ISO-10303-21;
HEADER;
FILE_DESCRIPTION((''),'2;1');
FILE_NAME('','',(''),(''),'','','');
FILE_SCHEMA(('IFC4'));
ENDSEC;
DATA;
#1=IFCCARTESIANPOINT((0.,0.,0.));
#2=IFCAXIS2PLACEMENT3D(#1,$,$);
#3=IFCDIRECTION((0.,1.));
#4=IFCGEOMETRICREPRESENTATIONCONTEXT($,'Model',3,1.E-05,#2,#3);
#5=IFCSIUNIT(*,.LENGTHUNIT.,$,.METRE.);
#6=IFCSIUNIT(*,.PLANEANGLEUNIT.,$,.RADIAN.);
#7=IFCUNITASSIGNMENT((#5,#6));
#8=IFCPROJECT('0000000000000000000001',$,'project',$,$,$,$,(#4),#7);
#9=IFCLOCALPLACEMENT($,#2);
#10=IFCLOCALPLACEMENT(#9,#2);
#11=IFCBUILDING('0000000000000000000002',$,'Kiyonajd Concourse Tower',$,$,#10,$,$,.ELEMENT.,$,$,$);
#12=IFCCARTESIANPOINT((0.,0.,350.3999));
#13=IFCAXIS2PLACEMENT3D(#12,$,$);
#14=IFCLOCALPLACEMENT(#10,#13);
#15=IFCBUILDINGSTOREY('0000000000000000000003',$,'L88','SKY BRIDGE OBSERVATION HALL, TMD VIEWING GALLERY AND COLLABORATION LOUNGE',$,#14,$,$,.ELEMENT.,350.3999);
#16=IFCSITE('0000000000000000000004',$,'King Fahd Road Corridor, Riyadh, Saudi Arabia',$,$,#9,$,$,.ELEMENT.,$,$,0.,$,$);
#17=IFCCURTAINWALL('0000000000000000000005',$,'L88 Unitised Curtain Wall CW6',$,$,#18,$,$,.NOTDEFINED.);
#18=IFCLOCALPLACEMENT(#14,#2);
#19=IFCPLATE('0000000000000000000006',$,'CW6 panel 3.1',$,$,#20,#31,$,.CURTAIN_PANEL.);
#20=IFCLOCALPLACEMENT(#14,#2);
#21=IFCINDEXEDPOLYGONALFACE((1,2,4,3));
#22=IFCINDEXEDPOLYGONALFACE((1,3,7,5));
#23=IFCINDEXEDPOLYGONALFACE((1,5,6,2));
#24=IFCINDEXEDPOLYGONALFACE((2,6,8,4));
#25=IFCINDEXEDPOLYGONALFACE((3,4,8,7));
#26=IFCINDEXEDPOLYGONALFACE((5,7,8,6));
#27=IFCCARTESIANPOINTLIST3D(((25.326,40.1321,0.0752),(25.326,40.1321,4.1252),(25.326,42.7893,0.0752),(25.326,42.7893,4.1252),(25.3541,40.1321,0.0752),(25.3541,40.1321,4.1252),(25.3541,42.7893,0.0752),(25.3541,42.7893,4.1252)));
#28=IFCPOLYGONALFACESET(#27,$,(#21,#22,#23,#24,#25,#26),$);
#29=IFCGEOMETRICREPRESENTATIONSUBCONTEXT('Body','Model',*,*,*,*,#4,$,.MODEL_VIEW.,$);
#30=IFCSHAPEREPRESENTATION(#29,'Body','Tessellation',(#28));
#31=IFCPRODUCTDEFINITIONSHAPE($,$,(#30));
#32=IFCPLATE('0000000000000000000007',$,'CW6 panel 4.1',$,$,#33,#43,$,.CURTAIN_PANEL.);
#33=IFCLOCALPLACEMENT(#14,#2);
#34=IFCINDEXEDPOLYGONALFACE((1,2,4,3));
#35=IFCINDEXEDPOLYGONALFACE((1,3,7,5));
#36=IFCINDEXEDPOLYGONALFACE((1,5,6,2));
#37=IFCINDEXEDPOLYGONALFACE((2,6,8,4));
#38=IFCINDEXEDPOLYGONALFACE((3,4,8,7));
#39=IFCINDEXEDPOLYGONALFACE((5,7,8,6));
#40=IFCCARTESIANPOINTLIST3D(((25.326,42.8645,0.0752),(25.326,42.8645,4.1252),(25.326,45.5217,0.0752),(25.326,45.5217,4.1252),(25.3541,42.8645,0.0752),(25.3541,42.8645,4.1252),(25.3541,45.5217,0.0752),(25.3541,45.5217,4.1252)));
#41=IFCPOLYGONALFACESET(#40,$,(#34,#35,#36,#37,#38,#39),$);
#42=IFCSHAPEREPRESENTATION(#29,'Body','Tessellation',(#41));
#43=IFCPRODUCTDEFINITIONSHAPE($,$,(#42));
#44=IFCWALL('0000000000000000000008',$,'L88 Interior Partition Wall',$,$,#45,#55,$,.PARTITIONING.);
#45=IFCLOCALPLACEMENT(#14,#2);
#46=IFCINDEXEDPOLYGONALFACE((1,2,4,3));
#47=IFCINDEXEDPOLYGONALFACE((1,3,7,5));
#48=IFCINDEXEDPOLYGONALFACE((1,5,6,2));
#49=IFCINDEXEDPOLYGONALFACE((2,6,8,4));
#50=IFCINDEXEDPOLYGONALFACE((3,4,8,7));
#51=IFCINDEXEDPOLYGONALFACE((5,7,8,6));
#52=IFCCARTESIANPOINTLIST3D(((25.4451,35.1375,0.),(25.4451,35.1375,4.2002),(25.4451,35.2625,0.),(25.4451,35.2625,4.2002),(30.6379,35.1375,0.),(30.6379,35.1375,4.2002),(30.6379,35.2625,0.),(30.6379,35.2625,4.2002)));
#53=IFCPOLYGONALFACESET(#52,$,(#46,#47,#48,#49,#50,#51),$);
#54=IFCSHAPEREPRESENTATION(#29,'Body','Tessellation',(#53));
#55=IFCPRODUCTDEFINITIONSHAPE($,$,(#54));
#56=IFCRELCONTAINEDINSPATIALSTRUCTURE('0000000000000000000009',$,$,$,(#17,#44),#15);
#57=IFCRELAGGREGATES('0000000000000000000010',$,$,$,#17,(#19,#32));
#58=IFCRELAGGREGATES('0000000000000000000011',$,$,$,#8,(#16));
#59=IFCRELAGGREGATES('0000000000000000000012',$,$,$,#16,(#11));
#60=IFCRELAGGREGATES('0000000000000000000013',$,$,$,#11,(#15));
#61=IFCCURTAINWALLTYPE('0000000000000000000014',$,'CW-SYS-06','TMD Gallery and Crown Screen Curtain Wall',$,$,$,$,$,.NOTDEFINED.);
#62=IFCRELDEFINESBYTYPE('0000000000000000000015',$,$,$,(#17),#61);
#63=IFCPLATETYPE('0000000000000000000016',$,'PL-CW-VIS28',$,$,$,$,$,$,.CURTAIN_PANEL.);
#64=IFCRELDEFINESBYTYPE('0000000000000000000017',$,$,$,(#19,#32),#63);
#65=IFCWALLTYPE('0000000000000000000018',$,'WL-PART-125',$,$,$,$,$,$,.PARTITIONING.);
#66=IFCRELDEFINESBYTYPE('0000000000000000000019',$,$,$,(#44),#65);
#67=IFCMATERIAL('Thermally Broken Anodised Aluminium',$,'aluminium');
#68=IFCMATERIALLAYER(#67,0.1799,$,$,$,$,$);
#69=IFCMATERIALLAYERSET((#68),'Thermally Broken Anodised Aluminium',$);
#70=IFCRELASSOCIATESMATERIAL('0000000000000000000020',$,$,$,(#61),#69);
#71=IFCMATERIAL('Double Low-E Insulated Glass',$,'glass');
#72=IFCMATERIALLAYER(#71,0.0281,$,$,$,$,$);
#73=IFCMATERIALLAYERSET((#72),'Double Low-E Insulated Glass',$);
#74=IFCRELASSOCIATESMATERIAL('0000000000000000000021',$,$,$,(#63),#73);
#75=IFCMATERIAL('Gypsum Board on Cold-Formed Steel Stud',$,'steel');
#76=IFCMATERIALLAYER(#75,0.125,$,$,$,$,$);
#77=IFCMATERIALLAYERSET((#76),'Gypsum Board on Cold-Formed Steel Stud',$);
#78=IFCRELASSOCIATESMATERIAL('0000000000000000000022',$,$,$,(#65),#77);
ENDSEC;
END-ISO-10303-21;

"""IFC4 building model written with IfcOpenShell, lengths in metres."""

from ifc_helpers import new_model, si_unit, direction, frame, frame_2d, origin, origin_2d, place, context, subcontext, project, spatial, rectangle, extrude, material, layer, layer_set, type_object, element, aggregate, save


model = new_model("IFC4")

# Units and contexts
model_context = context("Model", 3, precision=1e-05, world=origin(), true_north=direction((0.0, 1.0)))
body_context = subcontext(model_context, "Body", "Model", "MODEL_VIEW")
ifc_project = project(units=[si_unit("LENGTHUNIT", "METRE"), si_unit("PLANEANGLEUNIT", "RADIAN")], contexts=[model_context])

# Site, building, storey
site_placement = place(None, origin())
site = spatial("IfcSite", under=ifc_project, at=site_placement, Name="King Fahd Road Corridor, Riyadh, Saudi Arabia", CompositionType="ELEMENT", RefElevation=0.0)
building_placement = place(site_placement, origin())
building = spatial("IfcBuilding", under=site, at=building_placement, Name="Kiyonajd Concourse Tower", CompositionType="ELEMENT")
storey_placement = place(building_placement, frame((0.0, 0.0, 350.3999)))
storey = spatial("IfcBuildingStorey", under=building, at=storey_placement, Name="L88", Description="SKY BRIDGE OBSERVATION HALL, TMD VIEWING GALLERY AND COLLABORATION LOUNGE", CompositionType="ELEMENT", Elevation=350.3999)

# Curtain wall
ifc_material_1 = material(Name="Thermally Broken Anodised Aluminium", Category="aluminium")
ifc_layer_1 = layer(ifc_material_1, 0.1799)
ifc_layer_set_1 = layer_set([ifc_layer_1], Name="Thermally Broken Anodised Aluminium")
curtain_wall_type = type_object("IfcCurtainWallType", Name="CW-SYS-06", Description="TMD Gallery and Crown Screen Curtain Wall", PredefinedType="NOTDEFINED", material=ifc_layer_set_1)
curtain_wall_placement = place(storey_placement, origin())
curtain_wall = element("IfcCurtainWall", 1, at=curtain_wall_placement, inside=storey, type_object=curtain_wall_type, Name="L88 Unitised Curtain Wall CW6", PredefinedType="NOTDEFINED")

# Plates
ifc_material_2 = material(Name="Double Low-E Insulated Glass", Category="glass")
ifc_layer_2 = layer(ifc_material_2, 0.0281)
ifc_layer_set_2 = layer_set([ifc_layer_2], Name="Double Low-E Insulated Glass")
plate_type_1 = type_object("IfcPlateType", Name="PL-CW-VIS28", PredefinedType="CURTAIN_PANEL", material=ifc_layer_set_2)
plate_1_placement = place(storey_placement, frame((25.3401, 41.4607, 0.0752), z_axis=(0.0, 0.0, 1.0), x_axis=(0.0, 1.0, 0.0)))
plate_1 = element("IfcPlate", 2, at=plate_1_placement, type_object=plate_type_1, Name="CW6 panel 3.1", PredefinedType="CURTAIN_PANEL", context=body_context, shape_type="SweptSolid", body=[
    extrude(rectangle(XDim=2.6572, YDim=0.0281, at=origin_2d()), origin(), (0.0, 0.0, 1.0), 4.05),
])
plate_2_placement = place(storey_placement, frame((25.3401, 44.1931, 0.0752), z_axis=(0.0, 0.0, 1.0), x_axis=(0.0, 1.0, 0.0)))
plate_2 = element("IfcPlate", 3, at=plate_2_placement, type_object=plate_type_1, Name="CW6 panel 4.1", PredefinedType="CURTAIN_PANEL", context=body_context, shape_type="SweptSolid", body=[
    extrude(rectangle(XDim=2.6572, YDim=0.0281, at=origin_2d()), origin(), (0.0, 0.0, 1.0), 4.05),
])
aggregate(curtain_wall, [plate_1, plate_2])

# Wall
ifc_material_3 = material(Name="Gypsum Board on Cold-Formed Steel Stud", Category="steel")
ifc_layer_3 = layer(ifc_material_3, 0.125)
ifc_layer_set_3 = layer_set([ifc_layer_3], Name="Gypsum Board on Cold-Formed Steel Stud")
wall_type = type_object("IfcWallType", Name="WL-PART-125", PredefinedType="PARTITIONING", material=ifc_layer_set_3)
wall_placement = place(storey_placement, frame((25.4451, 35.2, 0.0), z_axis=(0.0, 0.0, 1.0), x_axis=(1.0, 0.0, 0.0)))
element("IfcWall", 4, at=wall_placement, inside=storey, type_object=wall_type, Name="L88 Interior Partition Wall", PredefinedType="PARTITIONING", context=body_context, shape_type="SweptSolid", body=[
    extrude(rectangle(XDim=5.1929, YDim=0.125, at=frame_2d((2.5964, 0.0))), origin(), (0.0, 0.0, 1.0), 4.2002),
])

save(model, "model.ifc")
